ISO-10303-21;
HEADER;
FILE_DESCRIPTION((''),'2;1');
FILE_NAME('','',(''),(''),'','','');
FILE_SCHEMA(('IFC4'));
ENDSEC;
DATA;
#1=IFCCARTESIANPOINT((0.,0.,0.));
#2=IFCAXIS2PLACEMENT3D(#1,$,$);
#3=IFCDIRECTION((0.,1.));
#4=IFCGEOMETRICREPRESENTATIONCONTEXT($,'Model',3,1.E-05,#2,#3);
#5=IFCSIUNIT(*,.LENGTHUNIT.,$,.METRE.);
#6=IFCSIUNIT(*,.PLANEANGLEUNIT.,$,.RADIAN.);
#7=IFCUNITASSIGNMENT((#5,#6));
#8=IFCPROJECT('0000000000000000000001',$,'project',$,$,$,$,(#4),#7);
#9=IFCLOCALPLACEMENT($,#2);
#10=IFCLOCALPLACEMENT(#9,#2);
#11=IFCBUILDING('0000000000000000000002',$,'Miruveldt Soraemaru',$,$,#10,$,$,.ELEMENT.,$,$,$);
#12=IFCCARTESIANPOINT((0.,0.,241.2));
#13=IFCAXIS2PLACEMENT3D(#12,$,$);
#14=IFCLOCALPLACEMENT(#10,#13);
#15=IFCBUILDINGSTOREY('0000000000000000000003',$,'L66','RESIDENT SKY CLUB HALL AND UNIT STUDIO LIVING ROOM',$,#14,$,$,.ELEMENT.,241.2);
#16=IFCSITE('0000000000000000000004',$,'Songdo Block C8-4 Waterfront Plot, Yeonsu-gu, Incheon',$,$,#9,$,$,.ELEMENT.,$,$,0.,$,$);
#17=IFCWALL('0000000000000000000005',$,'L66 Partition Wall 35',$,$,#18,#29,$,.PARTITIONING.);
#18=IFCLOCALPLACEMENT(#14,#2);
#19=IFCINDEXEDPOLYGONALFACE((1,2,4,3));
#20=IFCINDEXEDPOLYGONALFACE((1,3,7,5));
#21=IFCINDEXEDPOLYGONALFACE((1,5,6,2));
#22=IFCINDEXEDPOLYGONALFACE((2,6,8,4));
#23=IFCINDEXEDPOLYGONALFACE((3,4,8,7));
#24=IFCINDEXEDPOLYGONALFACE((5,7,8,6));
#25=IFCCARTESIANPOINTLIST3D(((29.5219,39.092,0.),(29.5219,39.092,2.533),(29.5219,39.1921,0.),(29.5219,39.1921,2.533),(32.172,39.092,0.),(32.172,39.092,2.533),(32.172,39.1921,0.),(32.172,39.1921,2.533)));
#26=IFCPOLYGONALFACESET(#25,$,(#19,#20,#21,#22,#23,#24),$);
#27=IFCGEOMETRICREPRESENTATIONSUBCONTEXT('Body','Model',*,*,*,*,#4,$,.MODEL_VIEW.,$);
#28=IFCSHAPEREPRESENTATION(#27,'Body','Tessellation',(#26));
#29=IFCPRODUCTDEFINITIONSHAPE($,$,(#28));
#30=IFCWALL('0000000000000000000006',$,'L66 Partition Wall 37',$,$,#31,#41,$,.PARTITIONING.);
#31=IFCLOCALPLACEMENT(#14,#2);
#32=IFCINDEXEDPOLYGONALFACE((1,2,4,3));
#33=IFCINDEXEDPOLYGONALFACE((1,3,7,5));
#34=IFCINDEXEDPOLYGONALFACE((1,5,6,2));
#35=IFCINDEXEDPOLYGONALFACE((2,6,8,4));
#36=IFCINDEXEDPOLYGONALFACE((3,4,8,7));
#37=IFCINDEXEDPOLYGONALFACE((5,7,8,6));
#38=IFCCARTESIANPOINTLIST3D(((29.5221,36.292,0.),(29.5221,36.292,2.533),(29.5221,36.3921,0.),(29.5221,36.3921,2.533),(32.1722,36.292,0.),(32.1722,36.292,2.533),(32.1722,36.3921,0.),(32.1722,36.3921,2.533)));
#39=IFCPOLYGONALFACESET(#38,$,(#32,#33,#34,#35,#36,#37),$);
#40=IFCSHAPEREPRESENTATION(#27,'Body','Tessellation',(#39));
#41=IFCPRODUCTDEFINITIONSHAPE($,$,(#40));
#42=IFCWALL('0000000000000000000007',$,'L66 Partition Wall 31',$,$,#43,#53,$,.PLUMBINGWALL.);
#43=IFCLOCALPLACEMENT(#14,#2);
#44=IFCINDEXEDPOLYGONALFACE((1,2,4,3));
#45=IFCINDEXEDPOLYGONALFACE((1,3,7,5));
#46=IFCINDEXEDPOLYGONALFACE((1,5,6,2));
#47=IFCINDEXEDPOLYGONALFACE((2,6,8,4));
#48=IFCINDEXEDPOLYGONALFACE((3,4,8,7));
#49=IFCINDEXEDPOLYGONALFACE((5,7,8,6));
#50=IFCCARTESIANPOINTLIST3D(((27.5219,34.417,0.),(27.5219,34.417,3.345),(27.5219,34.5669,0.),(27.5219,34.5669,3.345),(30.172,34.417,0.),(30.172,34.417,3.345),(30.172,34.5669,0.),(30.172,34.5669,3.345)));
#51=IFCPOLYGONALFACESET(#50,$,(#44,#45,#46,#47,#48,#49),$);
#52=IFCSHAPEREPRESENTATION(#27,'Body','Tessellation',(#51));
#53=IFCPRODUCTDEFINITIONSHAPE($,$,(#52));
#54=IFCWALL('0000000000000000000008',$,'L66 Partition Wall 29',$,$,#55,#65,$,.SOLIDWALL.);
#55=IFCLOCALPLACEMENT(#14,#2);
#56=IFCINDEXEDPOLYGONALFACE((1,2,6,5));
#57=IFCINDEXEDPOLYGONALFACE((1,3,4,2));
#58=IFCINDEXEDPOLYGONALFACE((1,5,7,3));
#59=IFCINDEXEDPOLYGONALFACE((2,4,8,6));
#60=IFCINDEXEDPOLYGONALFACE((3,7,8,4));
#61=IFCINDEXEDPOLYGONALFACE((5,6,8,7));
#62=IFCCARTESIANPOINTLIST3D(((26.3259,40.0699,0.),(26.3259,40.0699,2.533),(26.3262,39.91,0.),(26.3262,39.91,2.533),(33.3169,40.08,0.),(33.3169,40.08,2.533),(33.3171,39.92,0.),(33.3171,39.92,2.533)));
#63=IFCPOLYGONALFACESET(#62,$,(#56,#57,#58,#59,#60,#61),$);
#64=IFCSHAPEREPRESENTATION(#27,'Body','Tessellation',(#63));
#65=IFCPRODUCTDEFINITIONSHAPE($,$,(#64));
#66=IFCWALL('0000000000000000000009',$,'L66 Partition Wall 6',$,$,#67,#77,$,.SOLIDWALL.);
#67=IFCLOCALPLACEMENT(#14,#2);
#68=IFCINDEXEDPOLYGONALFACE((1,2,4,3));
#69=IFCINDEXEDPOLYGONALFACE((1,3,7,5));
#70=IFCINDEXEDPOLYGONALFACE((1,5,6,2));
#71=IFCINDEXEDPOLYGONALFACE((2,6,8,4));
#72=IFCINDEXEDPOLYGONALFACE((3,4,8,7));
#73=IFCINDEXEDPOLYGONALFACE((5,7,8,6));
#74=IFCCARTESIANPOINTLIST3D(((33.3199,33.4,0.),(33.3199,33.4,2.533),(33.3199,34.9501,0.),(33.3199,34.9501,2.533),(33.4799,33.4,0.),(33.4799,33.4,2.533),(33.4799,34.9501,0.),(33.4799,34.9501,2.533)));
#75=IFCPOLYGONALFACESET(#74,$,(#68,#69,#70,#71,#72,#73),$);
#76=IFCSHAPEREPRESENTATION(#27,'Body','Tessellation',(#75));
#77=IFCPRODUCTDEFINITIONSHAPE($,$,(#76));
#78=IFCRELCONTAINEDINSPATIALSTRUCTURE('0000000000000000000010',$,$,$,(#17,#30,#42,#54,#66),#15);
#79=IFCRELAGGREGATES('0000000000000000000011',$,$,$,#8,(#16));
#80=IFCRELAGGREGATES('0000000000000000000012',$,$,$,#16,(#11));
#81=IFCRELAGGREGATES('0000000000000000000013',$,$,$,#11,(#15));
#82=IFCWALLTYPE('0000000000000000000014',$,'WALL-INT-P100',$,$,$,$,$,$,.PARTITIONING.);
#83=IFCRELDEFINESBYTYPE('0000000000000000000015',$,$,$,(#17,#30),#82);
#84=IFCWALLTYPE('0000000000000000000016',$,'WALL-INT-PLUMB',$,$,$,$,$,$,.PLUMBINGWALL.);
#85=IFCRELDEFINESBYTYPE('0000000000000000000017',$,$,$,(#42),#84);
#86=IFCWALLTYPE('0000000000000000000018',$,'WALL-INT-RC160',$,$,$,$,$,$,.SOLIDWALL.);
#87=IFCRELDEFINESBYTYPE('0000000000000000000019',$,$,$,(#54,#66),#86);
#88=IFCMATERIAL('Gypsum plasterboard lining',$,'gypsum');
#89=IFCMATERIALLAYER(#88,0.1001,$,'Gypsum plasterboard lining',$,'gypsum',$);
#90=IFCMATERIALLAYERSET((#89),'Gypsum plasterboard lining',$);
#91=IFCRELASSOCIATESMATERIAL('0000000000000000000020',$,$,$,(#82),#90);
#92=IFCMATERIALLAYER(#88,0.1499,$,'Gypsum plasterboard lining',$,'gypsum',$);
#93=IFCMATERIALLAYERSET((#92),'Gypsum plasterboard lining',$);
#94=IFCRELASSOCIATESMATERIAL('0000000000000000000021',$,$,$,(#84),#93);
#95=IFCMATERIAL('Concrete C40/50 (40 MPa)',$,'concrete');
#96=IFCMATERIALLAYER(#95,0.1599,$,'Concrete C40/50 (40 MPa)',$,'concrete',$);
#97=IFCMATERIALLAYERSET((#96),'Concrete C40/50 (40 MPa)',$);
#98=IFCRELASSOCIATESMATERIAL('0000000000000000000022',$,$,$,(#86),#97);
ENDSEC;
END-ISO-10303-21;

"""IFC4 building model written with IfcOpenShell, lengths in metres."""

from ifc_helpers import new_model, si_unit, direction, frame, frame_2d, origin, place, context, subcontext, project, spatial, rectangle, extrude, material, layer, layer_set, type_object, element, save


model = new_model("IFC4")

# Units and contexts
model_context = context("Model", 3, precision=1e-05, world=origin(), true_north=direction((0.0, 1.0)))
body_context = subcontext(model_context, "Body", "Model", "MODEL_VIEW")
ifc_project = project(units=[si_unit("LENGTHUNIT", "METRE"), si_unit("PLANEANGLEUNIT", "RADIAN")], contexts=[model_context])

# Site, building, storey
site_placement = place(None, origin())
site = spatial("IfcSite", under=ifc_project, at=site_placement, Name="Songdo Block C8-4 Waterfront Plot, Yeonsu-gu, Incheon", CompositionType="ELEMENT", RefElevation=0.0)
building_placement = place(site_placement, origin())
building = spatial("IfcBuilding", under=site, at=building_placement, Name="Miruveldt Soraemaru", CompositionType="ELEMENT")
storey_placement = place(building_placement, frame((0.0, 0.0, 241.2)))
storey = spatial("IfcBuildingStorey", under=building, at=storey_placement, Name="L66", Description="RESIDENT SKY CLUB HALL AND UNIT STUDIO LIVING ROOM", CompositionType="ELEMENT", Elevation=241.2)

# Shared definitions
ifc_material_1 = material(Name="Gypsum plasterboard lining", Category="gypsum")
ifc_layer_1 = layer(ifc_material_1, 0.1001, Name="Gypsum plasterboard lining", Category="gypsum")
ifc_layer_set_1 = layer_set([ifc_layer_1], Name="Gypsum plasterboard lining")
wall_type_1 = type_object("IfcWallType", Name="WALL-INT-P100", PredefinedType="PARTITIONING", material=ifc_layer_set_1)

# Walls
for number, where, z_axis, x_axis, name in (
    (1, (32.1721, 39.1421, 0.0), (0.0, 0.0, 1.0), (-1.0, 0.0, 0.0), "L66 Partition Wall 35"),
    (2, (29.522, 36.342, 0.0), (0.0, 0.0, 1.0), (1.0, 0.0, 0.0), "L66 Partition Wall 37"),
):
    element("IfcWall", number, at=place(storey_placement, frame(where, z_axis=z_axis, x_axis=x_axis)), inside=storey, type_object=wall_type_1, Name=name, PredefinedType="PARTITIONING", context=body_context, shape_type="SweptSolid", body=[
        extrude(rectangle(XDim=2.6501, YDim=0.1001, at=frame_2d((1.3252, 0.0))), origin(), (0.0, 0.0, 1.0), 2.533),
    ])
ifc_layer_2 = layer(ifc_material_1, 0.1499, Name="Gypsum plasterboard lining", Category="gypsum")
ifc_layer_set_2 = layer_set([ifc_layer_2], Name="Gypsum plasterboard lining")
wall_type_2 = type_object("IfcWallType", Name="WALL-INT-PLUMB", PredefinedType="PLUMBINGWALL", material=ifc_layer_set_2)
wall_1_placement = place(storey_placement, frame((30.1721, 34.4919, 0.0), z_axis=(0.0, 0.0, 1.0), x_axis=(-1.0, 0.0, 0.0)))
element("IfcWall", 3, at=wall_1_placement, inside=storey, type_object=wall_type_2, Name="L66 Partition Wall 31", PredefinedType="PLUMBINGWALL", context=body_context, shape_type="SweptSolid", body=[
    extrude(rectangle(XDim=2.6501, YDim=0.1499, at=frame_2d((1.3252, 0.0))), origin(), (0.0, 0.0, 1.0), 3.345),
])

# Shared definitions
ifc_material_2 = material(Name="Concrete C40/50 (40 MPa)", Category="concrete")
ifc_layer_3 = layer(ifc_material_2, 0.1599, Name="Concrete C40/50 (40 MPa)", Category="concrete")
ifc_layer_set_3 = layer_set([ifc_layer_3], Name="Concrete C40/50 (40 MPa)")
wall_type_3 = type_object("IfcWallType", Name="WALL-INT-RC160", PredefinedType="SOLIDWALL", material=ifc_layer_set_3)

# Walls
wall_2_placement = place(storey_placement, frame((26.3259, 39.99, 0.0), z_axis=(0.0, 0.0, 1.0), x_axis=(0.999999, 0.001432, 0.0)))
element("IfcWall", 4, at=wall_2_placement, inside=storey, type_object=wall_type_3, Name="L66 Partition Wall 29", PredefinedType="SOLIDWALL", context=body_context, shape_type="SweptSolid", body=[
    extrude(rectangle(XDim=6.991, YDim=0.1599, at=frame_2d((3.4956, 0.0))), origin(), (0.0, 0.0, 1.0), 2.533),
])
wall_3_placement = place(storey_placement, frame((33.3999, 34.95, 0.0), z_axis=(0.0, 0.0, 1.0), x_axis=(0.0, -1.0, 0.0)))
element("IfcWall", 5, at=wall_3_placement, inside=storey, type_object=wall_type_3, Name="L66 Partition Wall 6", PredefinedType="SOLIDWALL", context=body_context, shape_type="SweptSolid", body=[
    extrude(rectangle(XDim=1.55, YDim=0.1599, at=frame_2d((0.7749, 0.0))), origin(), (0.0, 0.0, 1.0), 2.533),
])

save(model, "model.ifc")
